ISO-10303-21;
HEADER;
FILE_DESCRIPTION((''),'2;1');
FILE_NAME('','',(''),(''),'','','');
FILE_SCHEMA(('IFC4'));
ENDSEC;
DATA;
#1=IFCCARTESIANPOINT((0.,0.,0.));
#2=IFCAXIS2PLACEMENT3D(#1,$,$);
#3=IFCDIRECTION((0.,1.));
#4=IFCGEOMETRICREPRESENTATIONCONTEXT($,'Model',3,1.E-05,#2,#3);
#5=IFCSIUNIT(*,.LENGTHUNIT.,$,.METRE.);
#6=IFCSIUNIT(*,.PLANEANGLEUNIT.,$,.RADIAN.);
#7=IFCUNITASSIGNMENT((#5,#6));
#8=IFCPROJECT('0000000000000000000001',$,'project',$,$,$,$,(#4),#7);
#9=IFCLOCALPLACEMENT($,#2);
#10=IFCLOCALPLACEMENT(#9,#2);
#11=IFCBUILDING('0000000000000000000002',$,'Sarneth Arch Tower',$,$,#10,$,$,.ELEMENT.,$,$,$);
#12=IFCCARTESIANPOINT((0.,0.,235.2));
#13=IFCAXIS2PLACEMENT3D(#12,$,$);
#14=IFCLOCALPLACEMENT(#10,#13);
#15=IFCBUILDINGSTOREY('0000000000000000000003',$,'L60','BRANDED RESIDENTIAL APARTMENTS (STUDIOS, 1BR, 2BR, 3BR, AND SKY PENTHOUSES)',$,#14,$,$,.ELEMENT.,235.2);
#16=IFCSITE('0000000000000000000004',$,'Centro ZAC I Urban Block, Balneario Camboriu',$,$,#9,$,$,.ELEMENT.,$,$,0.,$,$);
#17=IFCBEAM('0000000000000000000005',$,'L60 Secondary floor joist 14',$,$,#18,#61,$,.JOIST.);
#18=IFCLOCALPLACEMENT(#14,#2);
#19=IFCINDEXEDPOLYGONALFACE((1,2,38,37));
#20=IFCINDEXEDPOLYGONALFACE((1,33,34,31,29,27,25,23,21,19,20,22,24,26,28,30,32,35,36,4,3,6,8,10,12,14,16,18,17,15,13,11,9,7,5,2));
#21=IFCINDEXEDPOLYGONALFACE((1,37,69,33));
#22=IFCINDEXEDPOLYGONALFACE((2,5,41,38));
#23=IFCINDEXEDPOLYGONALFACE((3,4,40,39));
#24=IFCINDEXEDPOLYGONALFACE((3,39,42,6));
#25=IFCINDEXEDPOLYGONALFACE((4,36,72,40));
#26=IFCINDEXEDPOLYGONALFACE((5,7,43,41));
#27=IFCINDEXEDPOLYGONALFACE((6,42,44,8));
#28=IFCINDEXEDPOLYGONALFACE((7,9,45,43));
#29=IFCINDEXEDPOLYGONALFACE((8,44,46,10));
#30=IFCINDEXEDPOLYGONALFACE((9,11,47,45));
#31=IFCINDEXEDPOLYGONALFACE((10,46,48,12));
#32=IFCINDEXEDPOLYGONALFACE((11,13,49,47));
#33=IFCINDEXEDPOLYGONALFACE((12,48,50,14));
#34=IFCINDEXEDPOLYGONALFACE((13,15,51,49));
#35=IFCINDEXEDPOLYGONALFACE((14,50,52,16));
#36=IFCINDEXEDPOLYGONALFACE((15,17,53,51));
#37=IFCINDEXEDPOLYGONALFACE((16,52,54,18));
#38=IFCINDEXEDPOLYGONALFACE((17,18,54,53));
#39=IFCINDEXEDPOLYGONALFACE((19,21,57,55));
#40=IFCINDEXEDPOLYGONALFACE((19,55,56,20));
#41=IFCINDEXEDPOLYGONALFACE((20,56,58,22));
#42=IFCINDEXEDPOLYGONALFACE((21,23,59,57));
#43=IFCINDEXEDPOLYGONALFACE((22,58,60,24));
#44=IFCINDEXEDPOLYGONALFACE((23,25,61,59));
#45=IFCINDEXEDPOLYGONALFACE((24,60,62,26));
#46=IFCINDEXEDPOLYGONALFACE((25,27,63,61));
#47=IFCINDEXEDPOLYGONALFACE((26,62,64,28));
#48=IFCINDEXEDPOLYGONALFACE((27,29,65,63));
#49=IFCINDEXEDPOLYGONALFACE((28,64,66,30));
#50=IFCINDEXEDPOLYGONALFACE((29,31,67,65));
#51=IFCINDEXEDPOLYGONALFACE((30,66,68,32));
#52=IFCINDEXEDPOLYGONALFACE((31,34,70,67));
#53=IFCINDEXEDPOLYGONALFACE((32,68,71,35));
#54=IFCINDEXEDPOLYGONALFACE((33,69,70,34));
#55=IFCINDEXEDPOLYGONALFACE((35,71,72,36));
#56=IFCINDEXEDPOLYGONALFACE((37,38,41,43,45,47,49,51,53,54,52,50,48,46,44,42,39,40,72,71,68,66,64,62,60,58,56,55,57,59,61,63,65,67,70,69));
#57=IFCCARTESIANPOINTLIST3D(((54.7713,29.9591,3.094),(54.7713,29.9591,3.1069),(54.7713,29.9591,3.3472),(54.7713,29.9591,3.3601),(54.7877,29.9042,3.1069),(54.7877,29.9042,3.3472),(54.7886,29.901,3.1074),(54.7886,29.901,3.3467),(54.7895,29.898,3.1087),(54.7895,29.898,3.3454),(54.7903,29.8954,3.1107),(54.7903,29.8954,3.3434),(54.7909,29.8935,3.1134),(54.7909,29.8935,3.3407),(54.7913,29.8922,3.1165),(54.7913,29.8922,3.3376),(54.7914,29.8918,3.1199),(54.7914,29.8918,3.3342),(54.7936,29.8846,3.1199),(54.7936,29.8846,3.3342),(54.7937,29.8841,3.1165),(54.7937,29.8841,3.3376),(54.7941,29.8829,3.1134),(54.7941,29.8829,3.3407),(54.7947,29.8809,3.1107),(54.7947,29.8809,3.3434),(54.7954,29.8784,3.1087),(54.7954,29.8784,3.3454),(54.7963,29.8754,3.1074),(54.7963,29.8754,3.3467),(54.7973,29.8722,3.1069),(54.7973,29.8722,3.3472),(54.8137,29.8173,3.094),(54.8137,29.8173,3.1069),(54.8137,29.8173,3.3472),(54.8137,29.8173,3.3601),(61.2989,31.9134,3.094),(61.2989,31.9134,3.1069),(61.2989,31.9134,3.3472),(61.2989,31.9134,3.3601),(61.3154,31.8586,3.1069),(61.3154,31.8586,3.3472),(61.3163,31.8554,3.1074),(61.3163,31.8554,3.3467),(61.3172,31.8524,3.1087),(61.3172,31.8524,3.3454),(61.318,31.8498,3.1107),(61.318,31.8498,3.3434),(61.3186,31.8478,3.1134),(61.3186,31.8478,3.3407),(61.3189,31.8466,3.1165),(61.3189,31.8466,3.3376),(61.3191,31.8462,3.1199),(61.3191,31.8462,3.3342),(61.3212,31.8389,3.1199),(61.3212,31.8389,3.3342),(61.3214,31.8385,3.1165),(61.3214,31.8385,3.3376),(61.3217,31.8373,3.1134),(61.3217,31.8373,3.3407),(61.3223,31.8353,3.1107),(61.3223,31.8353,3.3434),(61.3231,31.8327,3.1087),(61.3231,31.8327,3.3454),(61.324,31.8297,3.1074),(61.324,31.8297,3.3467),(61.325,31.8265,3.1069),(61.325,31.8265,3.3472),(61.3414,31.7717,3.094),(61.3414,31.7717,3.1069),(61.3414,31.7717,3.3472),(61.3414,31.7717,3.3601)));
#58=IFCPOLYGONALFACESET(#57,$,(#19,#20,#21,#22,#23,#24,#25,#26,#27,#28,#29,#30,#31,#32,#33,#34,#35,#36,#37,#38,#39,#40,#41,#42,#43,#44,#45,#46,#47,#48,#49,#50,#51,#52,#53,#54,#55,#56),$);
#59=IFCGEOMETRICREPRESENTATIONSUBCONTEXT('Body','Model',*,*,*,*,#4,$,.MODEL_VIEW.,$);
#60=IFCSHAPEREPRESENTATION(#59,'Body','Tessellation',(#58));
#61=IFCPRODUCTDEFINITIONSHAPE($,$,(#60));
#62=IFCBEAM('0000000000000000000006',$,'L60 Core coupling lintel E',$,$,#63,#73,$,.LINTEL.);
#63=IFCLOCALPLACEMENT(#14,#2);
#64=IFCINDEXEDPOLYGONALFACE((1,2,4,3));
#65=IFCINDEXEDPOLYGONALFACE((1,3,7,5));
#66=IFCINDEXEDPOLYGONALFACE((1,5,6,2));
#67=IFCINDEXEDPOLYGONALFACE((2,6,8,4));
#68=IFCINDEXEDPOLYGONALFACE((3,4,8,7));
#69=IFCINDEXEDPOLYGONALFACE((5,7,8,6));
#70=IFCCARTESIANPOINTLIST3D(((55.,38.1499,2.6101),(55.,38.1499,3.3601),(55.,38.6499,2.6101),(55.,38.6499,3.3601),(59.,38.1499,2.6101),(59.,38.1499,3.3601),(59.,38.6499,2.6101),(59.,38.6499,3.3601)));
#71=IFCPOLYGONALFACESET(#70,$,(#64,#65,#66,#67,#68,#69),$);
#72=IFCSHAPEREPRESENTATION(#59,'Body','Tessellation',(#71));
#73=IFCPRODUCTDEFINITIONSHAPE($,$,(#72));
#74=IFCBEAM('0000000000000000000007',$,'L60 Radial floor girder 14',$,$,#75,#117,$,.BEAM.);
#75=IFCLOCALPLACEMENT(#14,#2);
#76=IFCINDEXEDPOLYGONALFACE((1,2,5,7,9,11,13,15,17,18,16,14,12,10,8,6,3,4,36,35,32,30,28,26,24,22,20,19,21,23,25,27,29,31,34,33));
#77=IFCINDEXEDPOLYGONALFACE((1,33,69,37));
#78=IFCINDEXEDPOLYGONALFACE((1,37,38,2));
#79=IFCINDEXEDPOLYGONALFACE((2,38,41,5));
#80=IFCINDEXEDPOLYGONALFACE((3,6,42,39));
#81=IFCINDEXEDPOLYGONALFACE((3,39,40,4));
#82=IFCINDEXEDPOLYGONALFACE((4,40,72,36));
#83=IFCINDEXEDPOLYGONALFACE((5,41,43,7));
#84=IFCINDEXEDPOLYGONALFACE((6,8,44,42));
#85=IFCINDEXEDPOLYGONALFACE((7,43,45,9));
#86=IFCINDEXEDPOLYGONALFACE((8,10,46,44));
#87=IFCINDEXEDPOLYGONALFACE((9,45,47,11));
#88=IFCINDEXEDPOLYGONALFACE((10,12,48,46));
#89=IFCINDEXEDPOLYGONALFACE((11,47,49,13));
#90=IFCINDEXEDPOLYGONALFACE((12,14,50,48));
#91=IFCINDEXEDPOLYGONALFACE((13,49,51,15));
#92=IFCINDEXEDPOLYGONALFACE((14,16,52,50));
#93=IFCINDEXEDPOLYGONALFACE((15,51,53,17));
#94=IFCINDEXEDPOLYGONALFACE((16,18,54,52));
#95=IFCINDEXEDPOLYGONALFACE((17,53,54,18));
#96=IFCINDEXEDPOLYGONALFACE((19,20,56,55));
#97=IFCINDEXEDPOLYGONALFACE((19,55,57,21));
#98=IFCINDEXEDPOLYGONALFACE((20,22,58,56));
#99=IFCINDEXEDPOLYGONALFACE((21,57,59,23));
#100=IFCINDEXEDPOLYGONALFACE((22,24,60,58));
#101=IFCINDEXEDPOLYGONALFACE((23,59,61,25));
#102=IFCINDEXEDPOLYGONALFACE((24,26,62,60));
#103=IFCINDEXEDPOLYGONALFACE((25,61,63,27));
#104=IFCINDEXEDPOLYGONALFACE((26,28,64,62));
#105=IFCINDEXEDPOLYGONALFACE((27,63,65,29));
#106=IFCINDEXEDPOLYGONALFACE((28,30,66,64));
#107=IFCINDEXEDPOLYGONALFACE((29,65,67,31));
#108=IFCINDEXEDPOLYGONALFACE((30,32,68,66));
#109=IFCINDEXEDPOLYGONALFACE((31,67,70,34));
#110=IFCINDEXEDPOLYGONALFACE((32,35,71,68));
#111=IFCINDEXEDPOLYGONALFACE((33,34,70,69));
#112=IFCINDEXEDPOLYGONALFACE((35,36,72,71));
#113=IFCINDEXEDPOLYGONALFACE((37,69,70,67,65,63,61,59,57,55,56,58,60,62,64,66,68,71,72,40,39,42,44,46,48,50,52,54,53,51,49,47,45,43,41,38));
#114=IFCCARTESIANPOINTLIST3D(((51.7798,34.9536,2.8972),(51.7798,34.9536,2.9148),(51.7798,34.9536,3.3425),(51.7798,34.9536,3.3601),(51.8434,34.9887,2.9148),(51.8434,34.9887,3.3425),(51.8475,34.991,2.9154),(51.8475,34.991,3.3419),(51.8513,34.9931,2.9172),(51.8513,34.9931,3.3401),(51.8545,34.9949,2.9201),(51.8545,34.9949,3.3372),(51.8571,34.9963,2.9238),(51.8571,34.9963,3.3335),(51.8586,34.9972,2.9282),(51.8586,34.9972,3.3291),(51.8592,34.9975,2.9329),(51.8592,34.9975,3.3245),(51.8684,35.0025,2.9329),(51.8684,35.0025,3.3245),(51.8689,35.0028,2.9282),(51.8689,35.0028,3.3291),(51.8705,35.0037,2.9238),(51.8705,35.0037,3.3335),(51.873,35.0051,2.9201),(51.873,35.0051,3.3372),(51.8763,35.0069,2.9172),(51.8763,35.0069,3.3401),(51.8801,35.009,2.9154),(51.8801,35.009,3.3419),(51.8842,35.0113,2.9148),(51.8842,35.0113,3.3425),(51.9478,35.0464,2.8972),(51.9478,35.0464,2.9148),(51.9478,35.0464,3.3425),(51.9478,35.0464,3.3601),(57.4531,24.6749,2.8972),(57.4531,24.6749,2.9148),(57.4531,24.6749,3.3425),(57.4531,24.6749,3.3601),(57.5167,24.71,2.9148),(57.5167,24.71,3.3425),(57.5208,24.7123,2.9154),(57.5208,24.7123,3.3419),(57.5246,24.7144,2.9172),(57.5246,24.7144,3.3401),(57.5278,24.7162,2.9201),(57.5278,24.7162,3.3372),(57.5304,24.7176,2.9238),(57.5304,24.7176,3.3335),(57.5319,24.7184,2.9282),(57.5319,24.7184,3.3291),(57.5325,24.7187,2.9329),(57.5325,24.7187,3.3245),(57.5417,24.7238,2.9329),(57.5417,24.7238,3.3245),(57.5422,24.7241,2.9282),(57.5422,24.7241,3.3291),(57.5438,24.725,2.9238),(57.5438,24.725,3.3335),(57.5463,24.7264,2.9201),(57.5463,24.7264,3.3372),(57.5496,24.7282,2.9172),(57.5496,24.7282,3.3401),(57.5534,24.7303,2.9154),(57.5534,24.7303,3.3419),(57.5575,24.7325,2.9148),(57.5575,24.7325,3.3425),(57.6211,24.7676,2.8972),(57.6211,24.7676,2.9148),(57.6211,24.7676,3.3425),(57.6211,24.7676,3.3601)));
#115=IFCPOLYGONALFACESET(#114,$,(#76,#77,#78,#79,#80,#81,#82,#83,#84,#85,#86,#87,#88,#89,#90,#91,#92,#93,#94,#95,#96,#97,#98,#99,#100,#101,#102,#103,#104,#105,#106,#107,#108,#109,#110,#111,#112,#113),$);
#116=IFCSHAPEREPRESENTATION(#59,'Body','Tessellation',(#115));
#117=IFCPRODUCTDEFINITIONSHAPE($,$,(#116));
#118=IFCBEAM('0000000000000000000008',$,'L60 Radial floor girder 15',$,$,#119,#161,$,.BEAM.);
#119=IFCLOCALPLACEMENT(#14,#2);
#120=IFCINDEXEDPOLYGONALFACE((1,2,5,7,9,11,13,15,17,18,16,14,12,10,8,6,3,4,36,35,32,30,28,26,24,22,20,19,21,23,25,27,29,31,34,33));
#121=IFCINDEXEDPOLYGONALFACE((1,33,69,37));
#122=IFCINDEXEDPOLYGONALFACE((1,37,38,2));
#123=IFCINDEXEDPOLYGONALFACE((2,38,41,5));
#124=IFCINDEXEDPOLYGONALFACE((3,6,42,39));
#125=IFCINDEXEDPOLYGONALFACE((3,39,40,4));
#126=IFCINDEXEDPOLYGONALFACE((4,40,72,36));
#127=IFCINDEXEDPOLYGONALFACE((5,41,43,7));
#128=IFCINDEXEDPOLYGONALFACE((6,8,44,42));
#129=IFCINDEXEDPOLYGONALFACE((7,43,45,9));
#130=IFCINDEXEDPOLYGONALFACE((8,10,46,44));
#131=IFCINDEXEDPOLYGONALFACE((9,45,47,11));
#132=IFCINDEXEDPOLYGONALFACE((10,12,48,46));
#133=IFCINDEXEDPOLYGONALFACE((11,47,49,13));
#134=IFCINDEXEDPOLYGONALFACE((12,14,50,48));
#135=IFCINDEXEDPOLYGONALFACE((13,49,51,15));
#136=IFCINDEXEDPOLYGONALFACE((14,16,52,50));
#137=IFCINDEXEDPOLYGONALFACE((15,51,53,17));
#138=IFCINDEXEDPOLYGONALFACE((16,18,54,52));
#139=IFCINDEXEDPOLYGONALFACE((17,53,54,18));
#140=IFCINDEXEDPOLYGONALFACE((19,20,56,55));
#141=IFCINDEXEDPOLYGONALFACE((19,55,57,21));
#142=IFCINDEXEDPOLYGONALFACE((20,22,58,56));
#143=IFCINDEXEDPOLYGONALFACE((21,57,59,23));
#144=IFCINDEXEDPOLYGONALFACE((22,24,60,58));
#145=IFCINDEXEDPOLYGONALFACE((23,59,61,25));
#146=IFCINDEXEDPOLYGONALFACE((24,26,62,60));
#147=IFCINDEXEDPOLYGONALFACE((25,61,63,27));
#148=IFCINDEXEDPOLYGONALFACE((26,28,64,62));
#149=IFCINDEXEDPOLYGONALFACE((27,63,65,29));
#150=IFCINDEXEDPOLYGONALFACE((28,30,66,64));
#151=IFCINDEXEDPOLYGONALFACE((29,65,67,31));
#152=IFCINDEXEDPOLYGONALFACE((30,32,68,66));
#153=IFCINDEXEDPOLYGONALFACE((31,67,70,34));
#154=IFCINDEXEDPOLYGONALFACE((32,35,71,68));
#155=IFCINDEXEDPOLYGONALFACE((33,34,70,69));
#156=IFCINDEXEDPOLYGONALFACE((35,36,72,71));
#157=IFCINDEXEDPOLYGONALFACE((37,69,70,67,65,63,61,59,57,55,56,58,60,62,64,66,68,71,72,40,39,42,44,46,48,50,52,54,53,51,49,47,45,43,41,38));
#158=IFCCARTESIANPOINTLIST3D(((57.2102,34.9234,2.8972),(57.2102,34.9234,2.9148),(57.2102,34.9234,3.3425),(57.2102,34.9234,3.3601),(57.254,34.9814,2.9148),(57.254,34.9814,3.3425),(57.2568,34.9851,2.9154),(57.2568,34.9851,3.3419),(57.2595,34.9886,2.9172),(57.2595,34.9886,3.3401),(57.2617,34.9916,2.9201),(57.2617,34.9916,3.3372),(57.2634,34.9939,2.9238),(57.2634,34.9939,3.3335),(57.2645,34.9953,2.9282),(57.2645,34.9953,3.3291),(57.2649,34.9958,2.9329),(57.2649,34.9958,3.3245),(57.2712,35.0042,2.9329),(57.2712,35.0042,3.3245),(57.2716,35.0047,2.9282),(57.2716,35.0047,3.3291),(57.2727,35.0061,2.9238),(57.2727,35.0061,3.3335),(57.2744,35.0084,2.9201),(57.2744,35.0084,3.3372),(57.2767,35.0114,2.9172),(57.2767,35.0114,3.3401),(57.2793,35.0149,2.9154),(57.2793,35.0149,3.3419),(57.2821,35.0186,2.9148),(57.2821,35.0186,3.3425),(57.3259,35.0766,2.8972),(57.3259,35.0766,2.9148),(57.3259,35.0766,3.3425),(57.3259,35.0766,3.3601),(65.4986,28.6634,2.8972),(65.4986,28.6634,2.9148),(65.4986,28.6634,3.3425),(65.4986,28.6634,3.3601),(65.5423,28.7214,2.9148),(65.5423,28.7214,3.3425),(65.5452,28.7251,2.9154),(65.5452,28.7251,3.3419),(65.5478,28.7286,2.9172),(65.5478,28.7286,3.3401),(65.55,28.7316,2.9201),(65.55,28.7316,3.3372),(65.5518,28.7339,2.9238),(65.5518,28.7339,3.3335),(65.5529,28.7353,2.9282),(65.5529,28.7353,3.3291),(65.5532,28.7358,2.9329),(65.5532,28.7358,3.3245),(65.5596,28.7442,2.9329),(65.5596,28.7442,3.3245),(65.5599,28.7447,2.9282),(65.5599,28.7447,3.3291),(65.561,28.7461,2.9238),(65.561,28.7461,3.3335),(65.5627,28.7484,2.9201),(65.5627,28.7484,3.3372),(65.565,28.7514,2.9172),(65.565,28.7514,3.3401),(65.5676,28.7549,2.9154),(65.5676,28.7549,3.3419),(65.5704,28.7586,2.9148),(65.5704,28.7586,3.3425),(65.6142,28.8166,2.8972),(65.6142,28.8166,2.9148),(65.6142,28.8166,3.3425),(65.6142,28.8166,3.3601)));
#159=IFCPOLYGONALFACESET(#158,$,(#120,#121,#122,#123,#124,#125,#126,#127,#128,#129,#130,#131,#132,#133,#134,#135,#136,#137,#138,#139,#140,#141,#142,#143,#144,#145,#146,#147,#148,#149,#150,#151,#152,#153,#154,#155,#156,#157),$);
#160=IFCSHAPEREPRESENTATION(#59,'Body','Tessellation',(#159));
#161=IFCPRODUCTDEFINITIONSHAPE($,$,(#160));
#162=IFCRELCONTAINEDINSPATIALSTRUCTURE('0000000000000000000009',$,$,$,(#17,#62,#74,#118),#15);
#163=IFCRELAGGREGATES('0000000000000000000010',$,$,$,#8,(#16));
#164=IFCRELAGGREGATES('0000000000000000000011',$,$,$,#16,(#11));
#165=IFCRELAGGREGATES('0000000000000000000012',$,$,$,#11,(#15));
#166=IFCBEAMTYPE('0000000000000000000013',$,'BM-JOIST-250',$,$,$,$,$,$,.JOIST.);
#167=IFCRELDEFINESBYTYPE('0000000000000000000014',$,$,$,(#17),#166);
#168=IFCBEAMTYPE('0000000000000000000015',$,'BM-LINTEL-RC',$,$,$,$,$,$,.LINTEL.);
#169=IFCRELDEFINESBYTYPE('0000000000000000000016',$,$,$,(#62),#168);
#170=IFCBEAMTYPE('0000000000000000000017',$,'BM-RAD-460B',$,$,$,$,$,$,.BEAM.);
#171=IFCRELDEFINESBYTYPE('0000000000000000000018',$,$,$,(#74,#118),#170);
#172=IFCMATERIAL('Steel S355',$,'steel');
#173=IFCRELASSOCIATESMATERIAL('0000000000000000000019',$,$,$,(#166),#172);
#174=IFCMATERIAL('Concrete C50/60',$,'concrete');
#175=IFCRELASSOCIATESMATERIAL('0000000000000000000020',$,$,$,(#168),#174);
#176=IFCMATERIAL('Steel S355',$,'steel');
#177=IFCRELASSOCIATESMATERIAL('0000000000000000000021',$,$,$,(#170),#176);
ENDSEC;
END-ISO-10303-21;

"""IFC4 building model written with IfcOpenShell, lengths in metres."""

from ifc_helpers import new_model, si_unit, direction, frame, origin, origin_2d, place, context, subcontext, project, spatial, rectangle, i_section, extrude, material, material_profile, profile_set, type_object, element, save


model = new_model("IFC4")

# Units and contexts
model_context = context("Model", 3, precision=1e-05, world=origin(), true_north=direction((0.0, 1.0)))
body_context = subcontext(model_context, "Body", "Model", "MODEL_VIEW")
ifc_project = project(units=[si_unit("LENGTHUNIT", "METRE"), si_unit("PLANEANGLEUNIT", "RADIAN")], contexts=[model_context])

# Site, building, storey
site_placement = place(None, origin())
site = spatial("IfcSite", under=ifc_project, at=site_placement, Name="Centro ZAC I Urban Block, Balneario Camboriu", CompositionType="ELEMENT", RefElevation=0.0)
building_placement = place(site_placement, origin())
building = spatial("IfcBuilding", under=site, at=building_placement, Name="Sarneth Arch Tower", CompositionType="ELEMENT")
storey_placement = place(building_placement, frame((0.0, 0.0, 235.2)))
storey = spatial("IfcBuildingStorey", under=building, at=storey_placement, Name="L60", Description="BRANDED RESIDENTIAL APARTMENTS (STUDIOS, 1BR, 2BR, 3BR, AND SKY PENTHOUSES)", CompositionType="ELEMENT", Elevation=235.2)

# Beams
ifc_material_1 = material(Name="Steel S355", Category="steel")
ifc_material_profile_1 = material_profile(ifc_material_1, i_section(OverallWidth=0.1479, OverallDepth=0.2661, WebThickness=0.0076, FlangeThickness=0.0129, FilletRadius=0.0129, at=origin_2d()), Name="W250x44.8")
ifc_profile_set_1 = profile_set([ifc_material_profile_1], Name="Steel S355")
beam_type_1 = type_object("IfcBeamType", Name="BM-JOIST-250", PredefinedType="JOIST", material=ifc_profile_set_1)
beam_1_placement = place(storey_placement, frame((54.7925, 29.8882, 3.2271), z_axis=(0.957985, 0.286819, 0.0), x_axis=(-0.286819, 0.957985, 0.0)))
element("IfcBeam", 1, at=beam_1_placement, inside=storey, type_object=beam_type_1, Name="L60 Secondary floor joist 14", PredefinedType="JOIST", context=body_context, shape_type="SweptSolid", body=[
    extrude(i_section(OverallWidth=0.1479, OverallDepth=0.2661, WebThickness=0.0076, FlangeThickness=0.0129, FilletRadius=0.0129, at=origin_2d()), origin(), (0.0, 0.0, 1.0), 6.814),
])
ifc_material_2 = material(Name="Concrete C50/60", Category="concrete")
ifc_material_profile_2 = material_profile(ifc_material_2, rectangle(XDim=0.5, YDim=0.75, at=origin_2d()), Name="RC-500x750")
ifc_profile_set_2 = profile_set([ifc_material_profile_2], Name="Concrete C50/60")
beam_type_2 = type_object("IfcBeamType", Name="BM-LINTEL-RC", PredefinedType="LINTEL", material=ifc_profile_set_2)
beam_2_placement = place(storey_placement, frame((55.0, 38.3999, 2.9851), z_axis=(1.0, 0.0, 0.0), x_axis=(0.0, 1.0, 0.0)))
element("IfcBeam", 2, at=beam_2_placement, inside=storey, type_object=beam_type_2, Name="L60 Core coupling lintel E", PredefinedType="LINTEL", context=body_context, shape_type="SweptSolid", body=[
    extrude(rectangle(XDim=0.5, YDim=0.75, at=origin_2d()), origin(), (0.0, 0.0, 1.0), 4.0),
])
ifc_material_3 = material(Name="Steel S355", Category="steel")
ifc_material_profile_3 = material_profile(ifc_material_3, i_section(OverallWidth=0.1919, OverallDepth=0.4629, WebThickness=0.0105, FlangeThickness=0.0176, FilletRadius=0.0181, at=origin_2d()), Name="W460x89")
ifc_profile_set_3 = profile_set([ifc_material_profile_3], Name="Steel S355")
beam_type_3 = type_object("IfcBeamType", Name="BM-RAD-460B", PredefinedType="BEAM", material=ifc_profile_set_3)
beam_3_placement = place(storey_placement, frame((51.8638, 35.0, 3.1287), z_axis=(0.483226, -0.875496, 0.0), x_axis=(0.875496, 0.483226, 0.0)))
element("IfcBeam", 3, at=beam_3_placement, inside=storey, type_object=beam_type_3, Name="L60 Radial floor girder 14", PredefinedType="BEAM", context=body_context, shape_type="SweptSolid", body=[
    extrude(i_section(OverallWidth=0.1919, OverallDepth=0.4629, WebThickness=0.0105, FlangeThickness=0.0176, FilletRadius=0.0181, at=origin_2d()), origin(), (0.0, 0.0, 1.0), 11.7405),
])
beam_4_placement = place(storey_placement, frame((57.2681, 35.0, 3.1287), z_axis=(0.797973, -0.602693, 0.0), x_axis=(0.602693, 0.797973, 0.0)))
element("IfcBeam", 4, at=beam_4_placement, inside=storey, type_object=beam_type_3, Name="L60 Radial floor girder 15", PredefinedType="BEAM", context=body_context, shape_type="SweptSolid", body=[
    extrude(i_section(OverallWidth=0.1919, OverallDepth=0.4629, WebThickness=0.0105, FlangeThickness=0.0176, FilletRadius=0.0181, at=origin_2d()), origin(), (0.0, 0.0, 1.0), 10.3867),
])

save(model, "model.ifc")
